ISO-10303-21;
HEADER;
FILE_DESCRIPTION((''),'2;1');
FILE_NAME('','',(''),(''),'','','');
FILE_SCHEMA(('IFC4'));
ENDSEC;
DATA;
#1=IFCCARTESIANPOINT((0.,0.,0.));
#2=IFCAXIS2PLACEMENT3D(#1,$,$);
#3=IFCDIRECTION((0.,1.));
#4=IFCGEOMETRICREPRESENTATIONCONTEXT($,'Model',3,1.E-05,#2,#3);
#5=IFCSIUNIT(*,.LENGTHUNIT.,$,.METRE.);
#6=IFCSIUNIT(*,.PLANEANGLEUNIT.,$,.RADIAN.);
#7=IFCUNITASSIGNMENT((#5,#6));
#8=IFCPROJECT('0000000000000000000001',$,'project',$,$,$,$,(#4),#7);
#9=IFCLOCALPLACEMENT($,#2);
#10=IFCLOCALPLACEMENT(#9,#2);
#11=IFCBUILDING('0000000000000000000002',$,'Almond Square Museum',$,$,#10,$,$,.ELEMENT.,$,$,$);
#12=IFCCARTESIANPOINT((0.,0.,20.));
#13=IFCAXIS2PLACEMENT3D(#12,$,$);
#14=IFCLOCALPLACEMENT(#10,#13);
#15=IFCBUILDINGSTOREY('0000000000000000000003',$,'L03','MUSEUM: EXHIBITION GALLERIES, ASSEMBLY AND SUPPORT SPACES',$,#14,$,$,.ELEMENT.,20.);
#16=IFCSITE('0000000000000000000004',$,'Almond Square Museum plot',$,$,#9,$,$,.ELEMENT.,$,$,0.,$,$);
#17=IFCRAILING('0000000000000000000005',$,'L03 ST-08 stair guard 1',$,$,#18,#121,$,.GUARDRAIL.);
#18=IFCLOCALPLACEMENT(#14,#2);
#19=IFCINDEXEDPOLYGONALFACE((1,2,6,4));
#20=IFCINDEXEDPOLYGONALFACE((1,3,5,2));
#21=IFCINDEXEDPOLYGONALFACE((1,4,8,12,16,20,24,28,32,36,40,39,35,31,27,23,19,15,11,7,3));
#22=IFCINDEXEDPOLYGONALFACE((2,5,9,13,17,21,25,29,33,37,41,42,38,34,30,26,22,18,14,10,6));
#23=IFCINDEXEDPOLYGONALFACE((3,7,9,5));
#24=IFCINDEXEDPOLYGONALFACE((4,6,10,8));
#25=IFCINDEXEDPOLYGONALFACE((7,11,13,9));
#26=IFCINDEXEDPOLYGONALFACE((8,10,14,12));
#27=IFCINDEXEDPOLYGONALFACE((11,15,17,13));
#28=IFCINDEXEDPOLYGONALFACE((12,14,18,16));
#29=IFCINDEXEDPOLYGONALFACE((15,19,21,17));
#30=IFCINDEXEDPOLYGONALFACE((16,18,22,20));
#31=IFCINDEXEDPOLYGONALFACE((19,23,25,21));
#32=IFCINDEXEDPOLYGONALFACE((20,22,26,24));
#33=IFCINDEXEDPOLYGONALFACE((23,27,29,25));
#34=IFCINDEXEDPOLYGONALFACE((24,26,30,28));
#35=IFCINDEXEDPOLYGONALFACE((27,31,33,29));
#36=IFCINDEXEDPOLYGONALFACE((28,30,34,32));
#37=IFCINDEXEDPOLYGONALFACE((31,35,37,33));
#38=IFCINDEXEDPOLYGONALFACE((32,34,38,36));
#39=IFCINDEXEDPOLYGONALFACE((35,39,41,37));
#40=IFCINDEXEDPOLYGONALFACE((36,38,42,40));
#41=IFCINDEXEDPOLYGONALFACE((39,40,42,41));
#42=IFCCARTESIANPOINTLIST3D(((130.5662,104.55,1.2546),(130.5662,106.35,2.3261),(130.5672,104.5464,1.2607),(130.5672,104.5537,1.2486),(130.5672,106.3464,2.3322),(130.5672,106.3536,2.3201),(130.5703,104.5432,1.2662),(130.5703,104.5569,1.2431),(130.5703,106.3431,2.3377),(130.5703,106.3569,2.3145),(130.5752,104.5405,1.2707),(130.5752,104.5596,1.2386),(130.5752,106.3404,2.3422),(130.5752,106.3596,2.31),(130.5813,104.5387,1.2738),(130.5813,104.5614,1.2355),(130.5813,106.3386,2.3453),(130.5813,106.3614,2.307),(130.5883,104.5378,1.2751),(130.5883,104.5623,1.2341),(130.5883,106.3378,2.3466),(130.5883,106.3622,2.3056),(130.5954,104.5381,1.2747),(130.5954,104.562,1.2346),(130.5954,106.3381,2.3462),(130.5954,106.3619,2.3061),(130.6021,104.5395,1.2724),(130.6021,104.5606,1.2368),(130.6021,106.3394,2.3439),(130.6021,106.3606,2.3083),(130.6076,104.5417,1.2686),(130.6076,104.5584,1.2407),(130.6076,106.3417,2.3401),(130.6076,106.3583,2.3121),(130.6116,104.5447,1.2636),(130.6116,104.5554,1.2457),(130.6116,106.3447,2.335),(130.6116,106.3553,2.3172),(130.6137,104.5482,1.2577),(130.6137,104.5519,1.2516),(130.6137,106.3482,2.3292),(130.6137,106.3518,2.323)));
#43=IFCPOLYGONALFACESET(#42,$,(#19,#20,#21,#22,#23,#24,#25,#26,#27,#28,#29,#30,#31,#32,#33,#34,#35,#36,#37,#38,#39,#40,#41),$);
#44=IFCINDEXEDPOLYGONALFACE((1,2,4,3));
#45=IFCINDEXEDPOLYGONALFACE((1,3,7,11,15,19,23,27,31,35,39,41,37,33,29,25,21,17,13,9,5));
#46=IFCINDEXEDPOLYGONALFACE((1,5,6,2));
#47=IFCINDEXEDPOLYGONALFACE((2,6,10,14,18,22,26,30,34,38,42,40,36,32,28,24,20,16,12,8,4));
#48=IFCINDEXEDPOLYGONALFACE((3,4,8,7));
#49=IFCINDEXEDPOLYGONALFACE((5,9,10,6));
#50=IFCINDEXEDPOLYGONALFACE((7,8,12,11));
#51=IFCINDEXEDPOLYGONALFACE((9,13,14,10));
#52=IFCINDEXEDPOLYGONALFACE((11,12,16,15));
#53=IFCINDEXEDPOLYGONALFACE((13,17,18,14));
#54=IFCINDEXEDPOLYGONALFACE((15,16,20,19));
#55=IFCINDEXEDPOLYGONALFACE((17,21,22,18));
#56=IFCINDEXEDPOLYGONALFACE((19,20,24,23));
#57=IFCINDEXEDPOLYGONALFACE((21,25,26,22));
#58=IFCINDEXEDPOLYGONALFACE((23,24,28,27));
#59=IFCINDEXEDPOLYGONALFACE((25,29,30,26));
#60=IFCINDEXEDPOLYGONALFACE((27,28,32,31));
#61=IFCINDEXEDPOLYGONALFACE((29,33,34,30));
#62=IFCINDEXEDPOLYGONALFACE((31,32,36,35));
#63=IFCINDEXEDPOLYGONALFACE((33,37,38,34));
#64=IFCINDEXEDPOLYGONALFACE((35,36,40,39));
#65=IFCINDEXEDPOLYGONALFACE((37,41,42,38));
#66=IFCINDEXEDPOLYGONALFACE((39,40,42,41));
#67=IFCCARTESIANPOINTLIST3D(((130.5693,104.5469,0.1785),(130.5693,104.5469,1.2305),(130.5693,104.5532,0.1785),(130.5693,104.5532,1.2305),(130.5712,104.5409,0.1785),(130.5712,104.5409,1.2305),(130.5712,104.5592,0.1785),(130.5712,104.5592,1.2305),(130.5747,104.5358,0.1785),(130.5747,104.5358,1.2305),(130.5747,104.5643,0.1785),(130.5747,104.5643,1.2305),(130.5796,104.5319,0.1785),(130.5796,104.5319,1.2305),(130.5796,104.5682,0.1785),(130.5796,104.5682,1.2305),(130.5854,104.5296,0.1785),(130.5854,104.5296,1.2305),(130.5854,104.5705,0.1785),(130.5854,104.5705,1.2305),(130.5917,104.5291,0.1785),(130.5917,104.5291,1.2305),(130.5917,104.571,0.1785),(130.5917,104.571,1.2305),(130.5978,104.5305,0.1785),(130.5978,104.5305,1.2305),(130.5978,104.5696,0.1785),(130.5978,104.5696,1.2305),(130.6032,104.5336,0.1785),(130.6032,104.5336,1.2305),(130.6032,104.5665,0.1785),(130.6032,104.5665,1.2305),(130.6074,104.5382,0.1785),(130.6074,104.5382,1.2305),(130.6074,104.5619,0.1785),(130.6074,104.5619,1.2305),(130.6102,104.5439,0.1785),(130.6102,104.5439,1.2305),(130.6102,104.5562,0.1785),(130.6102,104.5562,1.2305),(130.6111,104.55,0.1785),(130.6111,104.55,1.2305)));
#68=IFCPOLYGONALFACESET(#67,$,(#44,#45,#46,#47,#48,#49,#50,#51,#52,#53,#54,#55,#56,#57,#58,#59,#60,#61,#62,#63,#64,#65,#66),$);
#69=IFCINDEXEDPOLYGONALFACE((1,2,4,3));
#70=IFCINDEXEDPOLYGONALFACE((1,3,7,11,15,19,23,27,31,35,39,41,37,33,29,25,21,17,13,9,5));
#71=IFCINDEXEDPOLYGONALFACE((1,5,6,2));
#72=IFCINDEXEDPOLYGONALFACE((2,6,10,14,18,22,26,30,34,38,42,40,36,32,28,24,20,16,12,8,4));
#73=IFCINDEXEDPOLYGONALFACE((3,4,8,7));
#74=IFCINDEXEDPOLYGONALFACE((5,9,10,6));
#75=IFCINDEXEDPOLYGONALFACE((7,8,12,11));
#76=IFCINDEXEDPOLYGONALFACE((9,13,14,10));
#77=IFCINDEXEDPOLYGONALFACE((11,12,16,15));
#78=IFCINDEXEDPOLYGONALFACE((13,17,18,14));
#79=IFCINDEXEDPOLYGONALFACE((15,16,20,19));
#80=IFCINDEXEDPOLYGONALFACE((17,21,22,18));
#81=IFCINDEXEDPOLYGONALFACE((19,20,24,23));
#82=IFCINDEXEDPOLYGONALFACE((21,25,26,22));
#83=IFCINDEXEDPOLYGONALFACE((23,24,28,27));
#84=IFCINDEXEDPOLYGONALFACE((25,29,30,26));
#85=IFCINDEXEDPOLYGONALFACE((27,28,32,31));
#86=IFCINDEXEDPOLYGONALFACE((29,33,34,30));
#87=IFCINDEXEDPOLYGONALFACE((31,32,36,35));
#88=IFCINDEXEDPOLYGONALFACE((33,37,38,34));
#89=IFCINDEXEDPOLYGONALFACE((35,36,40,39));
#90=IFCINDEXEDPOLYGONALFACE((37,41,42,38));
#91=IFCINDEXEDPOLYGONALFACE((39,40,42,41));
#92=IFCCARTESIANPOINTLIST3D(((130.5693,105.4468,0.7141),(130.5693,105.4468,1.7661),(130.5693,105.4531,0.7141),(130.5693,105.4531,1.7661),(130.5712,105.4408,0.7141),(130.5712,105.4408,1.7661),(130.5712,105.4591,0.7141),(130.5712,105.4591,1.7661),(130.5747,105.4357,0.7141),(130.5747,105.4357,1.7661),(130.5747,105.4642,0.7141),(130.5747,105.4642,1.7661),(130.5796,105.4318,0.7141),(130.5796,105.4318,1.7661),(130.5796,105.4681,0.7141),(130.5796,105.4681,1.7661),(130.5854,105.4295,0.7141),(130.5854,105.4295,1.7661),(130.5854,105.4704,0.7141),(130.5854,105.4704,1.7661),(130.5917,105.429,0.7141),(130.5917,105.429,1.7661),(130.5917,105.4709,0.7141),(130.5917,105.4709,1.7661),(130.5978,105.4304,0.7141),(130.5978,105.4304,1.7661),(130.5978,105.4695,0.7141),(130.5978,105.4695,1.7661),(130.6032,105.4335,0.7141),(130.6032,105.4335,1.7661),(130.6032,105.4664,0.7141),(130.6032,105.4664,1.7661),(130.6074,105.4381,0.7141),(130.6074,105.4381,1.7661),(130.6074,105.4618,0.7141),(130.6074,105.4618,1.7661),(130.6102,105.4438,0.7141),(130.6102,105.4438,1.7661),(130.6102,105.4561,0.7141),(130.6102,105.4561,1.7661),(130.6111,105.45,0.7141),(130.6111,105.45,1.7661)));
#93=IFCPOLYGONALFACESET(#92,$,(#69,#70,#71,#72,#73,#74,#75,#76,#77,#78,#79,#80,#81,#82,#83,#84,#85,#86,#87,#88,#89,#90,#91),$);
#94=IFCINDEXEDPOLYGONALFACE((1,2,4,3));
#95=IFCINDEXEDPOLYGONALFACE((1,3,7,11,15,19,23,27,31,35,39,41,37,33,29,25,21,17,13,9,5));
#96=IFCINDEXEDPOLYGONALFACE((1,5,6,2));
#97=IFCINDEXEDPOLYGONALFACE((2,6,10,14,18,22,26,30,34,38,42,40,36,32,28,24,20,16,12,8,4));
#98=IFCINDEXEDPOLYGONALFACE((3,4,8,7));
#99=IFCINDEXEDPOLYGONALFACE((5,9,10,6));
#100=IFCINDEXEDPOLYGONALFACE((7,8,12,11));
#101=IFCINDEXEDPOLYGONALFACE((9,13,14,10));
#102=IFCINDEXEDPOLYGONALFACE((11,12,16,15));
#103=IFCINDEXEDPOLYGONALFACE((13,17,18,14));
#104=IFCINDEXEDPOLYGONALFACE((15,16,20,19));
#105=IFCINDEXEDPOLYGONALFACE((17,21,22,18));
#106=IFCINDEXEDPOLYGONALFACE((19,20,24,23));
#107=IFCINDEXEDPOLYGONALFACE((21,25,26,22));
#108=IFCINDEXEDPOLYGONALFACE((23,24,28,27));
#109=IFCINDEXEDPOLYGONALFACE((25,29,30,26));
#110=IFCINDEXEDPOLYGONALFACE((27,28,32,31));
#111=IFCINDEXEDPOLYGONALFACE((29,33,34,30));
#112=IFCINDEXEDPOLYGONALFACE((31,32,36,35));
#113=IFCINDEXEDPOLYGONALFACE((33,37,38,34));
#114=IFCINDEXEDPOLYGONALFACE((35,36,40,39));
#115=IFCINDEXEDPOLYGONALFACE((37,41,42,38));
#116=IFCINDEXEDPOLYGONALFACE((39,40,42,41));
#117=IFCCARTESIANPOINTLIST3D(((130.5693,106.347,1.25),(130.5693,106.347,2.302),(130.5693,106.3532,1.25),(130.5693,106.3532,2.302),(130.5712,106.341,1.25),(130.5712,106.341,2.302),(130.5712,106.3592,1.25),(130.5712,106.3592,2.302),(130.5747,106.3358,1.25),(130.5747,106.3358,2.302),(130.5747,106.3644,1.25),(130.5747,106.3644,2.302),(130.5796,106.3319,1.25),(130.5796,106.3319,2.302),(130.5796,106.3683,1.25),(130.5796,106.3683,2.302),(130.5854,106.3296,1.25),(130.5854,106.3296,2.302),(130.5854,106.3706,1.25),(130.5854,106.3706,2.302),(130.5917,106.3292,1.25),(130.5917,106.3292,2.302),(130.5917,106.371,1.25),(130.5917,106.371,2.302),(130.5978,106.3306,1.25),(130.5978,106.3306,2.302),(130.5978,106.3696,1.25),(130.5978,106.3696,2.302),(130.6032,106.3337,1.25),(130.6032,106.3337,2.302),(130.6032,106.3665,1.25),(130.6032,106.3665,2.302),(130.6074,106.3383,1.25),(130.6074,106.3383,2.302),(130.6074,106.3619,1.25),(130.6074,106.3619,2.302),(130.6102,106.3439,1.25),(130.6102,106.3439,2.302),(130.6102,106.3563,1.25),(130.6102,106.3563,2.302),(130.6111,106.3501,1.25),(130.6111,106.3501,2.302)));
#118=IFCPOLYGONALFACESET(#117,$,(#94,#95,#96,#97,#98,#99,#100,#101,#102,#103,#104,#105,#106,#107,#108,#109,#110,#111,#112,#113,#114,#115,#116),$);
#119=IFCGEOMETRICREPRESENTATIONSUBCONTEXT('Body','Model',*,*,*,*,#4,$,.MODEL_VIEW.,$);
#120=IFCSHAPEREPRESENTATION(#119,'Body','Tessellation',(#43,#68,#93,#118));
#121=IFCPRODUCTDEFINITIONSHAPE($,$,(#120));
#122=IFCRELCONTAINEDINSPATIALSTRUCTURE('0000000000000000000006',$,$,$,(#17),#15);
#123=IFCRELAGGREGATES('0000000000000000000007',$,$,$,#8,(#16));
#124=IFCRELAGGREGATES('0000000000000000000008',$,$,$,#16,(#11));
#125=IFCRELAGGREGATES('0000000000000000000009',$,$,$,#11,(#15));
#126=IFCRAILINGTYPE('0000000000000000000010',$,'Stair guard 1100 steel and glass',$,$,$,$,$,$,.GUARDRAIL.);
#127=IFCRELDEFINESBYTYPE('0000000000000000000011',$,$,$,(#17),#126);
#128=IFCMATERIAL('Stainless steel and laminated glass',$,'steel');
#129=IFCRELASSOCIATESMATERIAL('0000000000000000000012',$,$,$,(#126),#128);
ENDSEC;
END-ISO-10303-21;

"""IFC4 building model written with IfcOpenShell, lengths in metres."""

from ifc_helpers import new_model, si_unit, direction, frame, origin, origin_2d, place, context, subcontext, project, spatial, circle, extrude, material, type_object, element, save


model = new_model("IFC4")

# Units and contexts
model_context = context("Model", 3, precision=1e-05, world=origin(), true_north=direction((0.0, 1.0)))
body_context = subcontext(model_context, "Body", "Model", "MODEL_VIEW")
ifc_project = project(units=[si_unit("LENGTHUNIT", "METRE"), si_unit("PLANEANGLEUNIT", "RADIAN")], contexts=[model_context])

# Site, building, storey
site_placement = place(None, origin())
site = spatial("IfcSite", under=ifc_project, at=site_placement, Name="Almond Square Museum plot", CompositionType="ELEMENT", RefElevation=0.0)
building_placement = place(site_placement, origin())
building = spatial("IfcBuilding", under=site, at=building_placement, Name="Almond Square Museum", CompositionType="ELEMENT")
storey_placement = place(building_placement, frame((0.0, 0.0, 20.0)))
storey = spatial("IfcBuildingStorey", under=building, at=storey_placement, Name="L03", Description="MUSEUM: EXHIBITION GALLERIES, ASSEMBLY AND SUPPORT SPACES", CompositionType="ELEMENT", Elevation=20.0)

# Railing
ifc_material_1 = material(Name="Stainless steel and laminated glass", Category="steel")
railing_type_1 = type_object("IfcRailingType", Name="Stair guard 1100 steel and glass", PredefinedType="GUARDRAIL", material=ifc_material_1)
railing_1_placement = place(storey_placement, frame((130.5901, 104.55, 0.1785)))
element("IfcRailing", 1, at=railing_1_placement, inside=storey, type_object=railing_type_1, Name="L03 ST-08 stair guard 1", PredefinedType="GUARDRAIL", context=body_context, shape_type="SweptSolid", body=[
    extrude(circle(Radius=0.0239, at=origin_2d()), frame((0.0, 0.0, 1.0762), z_axis=(0.0, 0.859277, 0.51151), x_axis=(-1.0, 0.0, 0.0)), (0.0, 0.0, 1.0), 2.0947),
    extrude(circle(Radius=0.021, at=origin_2d()), origin(), (0.0, 0.0, 1.0), 1.052),
    extrude(circle(Radius=0.021, at=origin_2d()), frame((0.0, 0.8999, 0.5356)), (0.0, 0.0, 1.0), 1.052),
    extrude(circle(Radius=0.021, at=origin_2d()), frame((0.0, 1.8, 1.0715)), (0.0, 0.0, 1.0), 1.052),
])

save(model, "model.ifc")
